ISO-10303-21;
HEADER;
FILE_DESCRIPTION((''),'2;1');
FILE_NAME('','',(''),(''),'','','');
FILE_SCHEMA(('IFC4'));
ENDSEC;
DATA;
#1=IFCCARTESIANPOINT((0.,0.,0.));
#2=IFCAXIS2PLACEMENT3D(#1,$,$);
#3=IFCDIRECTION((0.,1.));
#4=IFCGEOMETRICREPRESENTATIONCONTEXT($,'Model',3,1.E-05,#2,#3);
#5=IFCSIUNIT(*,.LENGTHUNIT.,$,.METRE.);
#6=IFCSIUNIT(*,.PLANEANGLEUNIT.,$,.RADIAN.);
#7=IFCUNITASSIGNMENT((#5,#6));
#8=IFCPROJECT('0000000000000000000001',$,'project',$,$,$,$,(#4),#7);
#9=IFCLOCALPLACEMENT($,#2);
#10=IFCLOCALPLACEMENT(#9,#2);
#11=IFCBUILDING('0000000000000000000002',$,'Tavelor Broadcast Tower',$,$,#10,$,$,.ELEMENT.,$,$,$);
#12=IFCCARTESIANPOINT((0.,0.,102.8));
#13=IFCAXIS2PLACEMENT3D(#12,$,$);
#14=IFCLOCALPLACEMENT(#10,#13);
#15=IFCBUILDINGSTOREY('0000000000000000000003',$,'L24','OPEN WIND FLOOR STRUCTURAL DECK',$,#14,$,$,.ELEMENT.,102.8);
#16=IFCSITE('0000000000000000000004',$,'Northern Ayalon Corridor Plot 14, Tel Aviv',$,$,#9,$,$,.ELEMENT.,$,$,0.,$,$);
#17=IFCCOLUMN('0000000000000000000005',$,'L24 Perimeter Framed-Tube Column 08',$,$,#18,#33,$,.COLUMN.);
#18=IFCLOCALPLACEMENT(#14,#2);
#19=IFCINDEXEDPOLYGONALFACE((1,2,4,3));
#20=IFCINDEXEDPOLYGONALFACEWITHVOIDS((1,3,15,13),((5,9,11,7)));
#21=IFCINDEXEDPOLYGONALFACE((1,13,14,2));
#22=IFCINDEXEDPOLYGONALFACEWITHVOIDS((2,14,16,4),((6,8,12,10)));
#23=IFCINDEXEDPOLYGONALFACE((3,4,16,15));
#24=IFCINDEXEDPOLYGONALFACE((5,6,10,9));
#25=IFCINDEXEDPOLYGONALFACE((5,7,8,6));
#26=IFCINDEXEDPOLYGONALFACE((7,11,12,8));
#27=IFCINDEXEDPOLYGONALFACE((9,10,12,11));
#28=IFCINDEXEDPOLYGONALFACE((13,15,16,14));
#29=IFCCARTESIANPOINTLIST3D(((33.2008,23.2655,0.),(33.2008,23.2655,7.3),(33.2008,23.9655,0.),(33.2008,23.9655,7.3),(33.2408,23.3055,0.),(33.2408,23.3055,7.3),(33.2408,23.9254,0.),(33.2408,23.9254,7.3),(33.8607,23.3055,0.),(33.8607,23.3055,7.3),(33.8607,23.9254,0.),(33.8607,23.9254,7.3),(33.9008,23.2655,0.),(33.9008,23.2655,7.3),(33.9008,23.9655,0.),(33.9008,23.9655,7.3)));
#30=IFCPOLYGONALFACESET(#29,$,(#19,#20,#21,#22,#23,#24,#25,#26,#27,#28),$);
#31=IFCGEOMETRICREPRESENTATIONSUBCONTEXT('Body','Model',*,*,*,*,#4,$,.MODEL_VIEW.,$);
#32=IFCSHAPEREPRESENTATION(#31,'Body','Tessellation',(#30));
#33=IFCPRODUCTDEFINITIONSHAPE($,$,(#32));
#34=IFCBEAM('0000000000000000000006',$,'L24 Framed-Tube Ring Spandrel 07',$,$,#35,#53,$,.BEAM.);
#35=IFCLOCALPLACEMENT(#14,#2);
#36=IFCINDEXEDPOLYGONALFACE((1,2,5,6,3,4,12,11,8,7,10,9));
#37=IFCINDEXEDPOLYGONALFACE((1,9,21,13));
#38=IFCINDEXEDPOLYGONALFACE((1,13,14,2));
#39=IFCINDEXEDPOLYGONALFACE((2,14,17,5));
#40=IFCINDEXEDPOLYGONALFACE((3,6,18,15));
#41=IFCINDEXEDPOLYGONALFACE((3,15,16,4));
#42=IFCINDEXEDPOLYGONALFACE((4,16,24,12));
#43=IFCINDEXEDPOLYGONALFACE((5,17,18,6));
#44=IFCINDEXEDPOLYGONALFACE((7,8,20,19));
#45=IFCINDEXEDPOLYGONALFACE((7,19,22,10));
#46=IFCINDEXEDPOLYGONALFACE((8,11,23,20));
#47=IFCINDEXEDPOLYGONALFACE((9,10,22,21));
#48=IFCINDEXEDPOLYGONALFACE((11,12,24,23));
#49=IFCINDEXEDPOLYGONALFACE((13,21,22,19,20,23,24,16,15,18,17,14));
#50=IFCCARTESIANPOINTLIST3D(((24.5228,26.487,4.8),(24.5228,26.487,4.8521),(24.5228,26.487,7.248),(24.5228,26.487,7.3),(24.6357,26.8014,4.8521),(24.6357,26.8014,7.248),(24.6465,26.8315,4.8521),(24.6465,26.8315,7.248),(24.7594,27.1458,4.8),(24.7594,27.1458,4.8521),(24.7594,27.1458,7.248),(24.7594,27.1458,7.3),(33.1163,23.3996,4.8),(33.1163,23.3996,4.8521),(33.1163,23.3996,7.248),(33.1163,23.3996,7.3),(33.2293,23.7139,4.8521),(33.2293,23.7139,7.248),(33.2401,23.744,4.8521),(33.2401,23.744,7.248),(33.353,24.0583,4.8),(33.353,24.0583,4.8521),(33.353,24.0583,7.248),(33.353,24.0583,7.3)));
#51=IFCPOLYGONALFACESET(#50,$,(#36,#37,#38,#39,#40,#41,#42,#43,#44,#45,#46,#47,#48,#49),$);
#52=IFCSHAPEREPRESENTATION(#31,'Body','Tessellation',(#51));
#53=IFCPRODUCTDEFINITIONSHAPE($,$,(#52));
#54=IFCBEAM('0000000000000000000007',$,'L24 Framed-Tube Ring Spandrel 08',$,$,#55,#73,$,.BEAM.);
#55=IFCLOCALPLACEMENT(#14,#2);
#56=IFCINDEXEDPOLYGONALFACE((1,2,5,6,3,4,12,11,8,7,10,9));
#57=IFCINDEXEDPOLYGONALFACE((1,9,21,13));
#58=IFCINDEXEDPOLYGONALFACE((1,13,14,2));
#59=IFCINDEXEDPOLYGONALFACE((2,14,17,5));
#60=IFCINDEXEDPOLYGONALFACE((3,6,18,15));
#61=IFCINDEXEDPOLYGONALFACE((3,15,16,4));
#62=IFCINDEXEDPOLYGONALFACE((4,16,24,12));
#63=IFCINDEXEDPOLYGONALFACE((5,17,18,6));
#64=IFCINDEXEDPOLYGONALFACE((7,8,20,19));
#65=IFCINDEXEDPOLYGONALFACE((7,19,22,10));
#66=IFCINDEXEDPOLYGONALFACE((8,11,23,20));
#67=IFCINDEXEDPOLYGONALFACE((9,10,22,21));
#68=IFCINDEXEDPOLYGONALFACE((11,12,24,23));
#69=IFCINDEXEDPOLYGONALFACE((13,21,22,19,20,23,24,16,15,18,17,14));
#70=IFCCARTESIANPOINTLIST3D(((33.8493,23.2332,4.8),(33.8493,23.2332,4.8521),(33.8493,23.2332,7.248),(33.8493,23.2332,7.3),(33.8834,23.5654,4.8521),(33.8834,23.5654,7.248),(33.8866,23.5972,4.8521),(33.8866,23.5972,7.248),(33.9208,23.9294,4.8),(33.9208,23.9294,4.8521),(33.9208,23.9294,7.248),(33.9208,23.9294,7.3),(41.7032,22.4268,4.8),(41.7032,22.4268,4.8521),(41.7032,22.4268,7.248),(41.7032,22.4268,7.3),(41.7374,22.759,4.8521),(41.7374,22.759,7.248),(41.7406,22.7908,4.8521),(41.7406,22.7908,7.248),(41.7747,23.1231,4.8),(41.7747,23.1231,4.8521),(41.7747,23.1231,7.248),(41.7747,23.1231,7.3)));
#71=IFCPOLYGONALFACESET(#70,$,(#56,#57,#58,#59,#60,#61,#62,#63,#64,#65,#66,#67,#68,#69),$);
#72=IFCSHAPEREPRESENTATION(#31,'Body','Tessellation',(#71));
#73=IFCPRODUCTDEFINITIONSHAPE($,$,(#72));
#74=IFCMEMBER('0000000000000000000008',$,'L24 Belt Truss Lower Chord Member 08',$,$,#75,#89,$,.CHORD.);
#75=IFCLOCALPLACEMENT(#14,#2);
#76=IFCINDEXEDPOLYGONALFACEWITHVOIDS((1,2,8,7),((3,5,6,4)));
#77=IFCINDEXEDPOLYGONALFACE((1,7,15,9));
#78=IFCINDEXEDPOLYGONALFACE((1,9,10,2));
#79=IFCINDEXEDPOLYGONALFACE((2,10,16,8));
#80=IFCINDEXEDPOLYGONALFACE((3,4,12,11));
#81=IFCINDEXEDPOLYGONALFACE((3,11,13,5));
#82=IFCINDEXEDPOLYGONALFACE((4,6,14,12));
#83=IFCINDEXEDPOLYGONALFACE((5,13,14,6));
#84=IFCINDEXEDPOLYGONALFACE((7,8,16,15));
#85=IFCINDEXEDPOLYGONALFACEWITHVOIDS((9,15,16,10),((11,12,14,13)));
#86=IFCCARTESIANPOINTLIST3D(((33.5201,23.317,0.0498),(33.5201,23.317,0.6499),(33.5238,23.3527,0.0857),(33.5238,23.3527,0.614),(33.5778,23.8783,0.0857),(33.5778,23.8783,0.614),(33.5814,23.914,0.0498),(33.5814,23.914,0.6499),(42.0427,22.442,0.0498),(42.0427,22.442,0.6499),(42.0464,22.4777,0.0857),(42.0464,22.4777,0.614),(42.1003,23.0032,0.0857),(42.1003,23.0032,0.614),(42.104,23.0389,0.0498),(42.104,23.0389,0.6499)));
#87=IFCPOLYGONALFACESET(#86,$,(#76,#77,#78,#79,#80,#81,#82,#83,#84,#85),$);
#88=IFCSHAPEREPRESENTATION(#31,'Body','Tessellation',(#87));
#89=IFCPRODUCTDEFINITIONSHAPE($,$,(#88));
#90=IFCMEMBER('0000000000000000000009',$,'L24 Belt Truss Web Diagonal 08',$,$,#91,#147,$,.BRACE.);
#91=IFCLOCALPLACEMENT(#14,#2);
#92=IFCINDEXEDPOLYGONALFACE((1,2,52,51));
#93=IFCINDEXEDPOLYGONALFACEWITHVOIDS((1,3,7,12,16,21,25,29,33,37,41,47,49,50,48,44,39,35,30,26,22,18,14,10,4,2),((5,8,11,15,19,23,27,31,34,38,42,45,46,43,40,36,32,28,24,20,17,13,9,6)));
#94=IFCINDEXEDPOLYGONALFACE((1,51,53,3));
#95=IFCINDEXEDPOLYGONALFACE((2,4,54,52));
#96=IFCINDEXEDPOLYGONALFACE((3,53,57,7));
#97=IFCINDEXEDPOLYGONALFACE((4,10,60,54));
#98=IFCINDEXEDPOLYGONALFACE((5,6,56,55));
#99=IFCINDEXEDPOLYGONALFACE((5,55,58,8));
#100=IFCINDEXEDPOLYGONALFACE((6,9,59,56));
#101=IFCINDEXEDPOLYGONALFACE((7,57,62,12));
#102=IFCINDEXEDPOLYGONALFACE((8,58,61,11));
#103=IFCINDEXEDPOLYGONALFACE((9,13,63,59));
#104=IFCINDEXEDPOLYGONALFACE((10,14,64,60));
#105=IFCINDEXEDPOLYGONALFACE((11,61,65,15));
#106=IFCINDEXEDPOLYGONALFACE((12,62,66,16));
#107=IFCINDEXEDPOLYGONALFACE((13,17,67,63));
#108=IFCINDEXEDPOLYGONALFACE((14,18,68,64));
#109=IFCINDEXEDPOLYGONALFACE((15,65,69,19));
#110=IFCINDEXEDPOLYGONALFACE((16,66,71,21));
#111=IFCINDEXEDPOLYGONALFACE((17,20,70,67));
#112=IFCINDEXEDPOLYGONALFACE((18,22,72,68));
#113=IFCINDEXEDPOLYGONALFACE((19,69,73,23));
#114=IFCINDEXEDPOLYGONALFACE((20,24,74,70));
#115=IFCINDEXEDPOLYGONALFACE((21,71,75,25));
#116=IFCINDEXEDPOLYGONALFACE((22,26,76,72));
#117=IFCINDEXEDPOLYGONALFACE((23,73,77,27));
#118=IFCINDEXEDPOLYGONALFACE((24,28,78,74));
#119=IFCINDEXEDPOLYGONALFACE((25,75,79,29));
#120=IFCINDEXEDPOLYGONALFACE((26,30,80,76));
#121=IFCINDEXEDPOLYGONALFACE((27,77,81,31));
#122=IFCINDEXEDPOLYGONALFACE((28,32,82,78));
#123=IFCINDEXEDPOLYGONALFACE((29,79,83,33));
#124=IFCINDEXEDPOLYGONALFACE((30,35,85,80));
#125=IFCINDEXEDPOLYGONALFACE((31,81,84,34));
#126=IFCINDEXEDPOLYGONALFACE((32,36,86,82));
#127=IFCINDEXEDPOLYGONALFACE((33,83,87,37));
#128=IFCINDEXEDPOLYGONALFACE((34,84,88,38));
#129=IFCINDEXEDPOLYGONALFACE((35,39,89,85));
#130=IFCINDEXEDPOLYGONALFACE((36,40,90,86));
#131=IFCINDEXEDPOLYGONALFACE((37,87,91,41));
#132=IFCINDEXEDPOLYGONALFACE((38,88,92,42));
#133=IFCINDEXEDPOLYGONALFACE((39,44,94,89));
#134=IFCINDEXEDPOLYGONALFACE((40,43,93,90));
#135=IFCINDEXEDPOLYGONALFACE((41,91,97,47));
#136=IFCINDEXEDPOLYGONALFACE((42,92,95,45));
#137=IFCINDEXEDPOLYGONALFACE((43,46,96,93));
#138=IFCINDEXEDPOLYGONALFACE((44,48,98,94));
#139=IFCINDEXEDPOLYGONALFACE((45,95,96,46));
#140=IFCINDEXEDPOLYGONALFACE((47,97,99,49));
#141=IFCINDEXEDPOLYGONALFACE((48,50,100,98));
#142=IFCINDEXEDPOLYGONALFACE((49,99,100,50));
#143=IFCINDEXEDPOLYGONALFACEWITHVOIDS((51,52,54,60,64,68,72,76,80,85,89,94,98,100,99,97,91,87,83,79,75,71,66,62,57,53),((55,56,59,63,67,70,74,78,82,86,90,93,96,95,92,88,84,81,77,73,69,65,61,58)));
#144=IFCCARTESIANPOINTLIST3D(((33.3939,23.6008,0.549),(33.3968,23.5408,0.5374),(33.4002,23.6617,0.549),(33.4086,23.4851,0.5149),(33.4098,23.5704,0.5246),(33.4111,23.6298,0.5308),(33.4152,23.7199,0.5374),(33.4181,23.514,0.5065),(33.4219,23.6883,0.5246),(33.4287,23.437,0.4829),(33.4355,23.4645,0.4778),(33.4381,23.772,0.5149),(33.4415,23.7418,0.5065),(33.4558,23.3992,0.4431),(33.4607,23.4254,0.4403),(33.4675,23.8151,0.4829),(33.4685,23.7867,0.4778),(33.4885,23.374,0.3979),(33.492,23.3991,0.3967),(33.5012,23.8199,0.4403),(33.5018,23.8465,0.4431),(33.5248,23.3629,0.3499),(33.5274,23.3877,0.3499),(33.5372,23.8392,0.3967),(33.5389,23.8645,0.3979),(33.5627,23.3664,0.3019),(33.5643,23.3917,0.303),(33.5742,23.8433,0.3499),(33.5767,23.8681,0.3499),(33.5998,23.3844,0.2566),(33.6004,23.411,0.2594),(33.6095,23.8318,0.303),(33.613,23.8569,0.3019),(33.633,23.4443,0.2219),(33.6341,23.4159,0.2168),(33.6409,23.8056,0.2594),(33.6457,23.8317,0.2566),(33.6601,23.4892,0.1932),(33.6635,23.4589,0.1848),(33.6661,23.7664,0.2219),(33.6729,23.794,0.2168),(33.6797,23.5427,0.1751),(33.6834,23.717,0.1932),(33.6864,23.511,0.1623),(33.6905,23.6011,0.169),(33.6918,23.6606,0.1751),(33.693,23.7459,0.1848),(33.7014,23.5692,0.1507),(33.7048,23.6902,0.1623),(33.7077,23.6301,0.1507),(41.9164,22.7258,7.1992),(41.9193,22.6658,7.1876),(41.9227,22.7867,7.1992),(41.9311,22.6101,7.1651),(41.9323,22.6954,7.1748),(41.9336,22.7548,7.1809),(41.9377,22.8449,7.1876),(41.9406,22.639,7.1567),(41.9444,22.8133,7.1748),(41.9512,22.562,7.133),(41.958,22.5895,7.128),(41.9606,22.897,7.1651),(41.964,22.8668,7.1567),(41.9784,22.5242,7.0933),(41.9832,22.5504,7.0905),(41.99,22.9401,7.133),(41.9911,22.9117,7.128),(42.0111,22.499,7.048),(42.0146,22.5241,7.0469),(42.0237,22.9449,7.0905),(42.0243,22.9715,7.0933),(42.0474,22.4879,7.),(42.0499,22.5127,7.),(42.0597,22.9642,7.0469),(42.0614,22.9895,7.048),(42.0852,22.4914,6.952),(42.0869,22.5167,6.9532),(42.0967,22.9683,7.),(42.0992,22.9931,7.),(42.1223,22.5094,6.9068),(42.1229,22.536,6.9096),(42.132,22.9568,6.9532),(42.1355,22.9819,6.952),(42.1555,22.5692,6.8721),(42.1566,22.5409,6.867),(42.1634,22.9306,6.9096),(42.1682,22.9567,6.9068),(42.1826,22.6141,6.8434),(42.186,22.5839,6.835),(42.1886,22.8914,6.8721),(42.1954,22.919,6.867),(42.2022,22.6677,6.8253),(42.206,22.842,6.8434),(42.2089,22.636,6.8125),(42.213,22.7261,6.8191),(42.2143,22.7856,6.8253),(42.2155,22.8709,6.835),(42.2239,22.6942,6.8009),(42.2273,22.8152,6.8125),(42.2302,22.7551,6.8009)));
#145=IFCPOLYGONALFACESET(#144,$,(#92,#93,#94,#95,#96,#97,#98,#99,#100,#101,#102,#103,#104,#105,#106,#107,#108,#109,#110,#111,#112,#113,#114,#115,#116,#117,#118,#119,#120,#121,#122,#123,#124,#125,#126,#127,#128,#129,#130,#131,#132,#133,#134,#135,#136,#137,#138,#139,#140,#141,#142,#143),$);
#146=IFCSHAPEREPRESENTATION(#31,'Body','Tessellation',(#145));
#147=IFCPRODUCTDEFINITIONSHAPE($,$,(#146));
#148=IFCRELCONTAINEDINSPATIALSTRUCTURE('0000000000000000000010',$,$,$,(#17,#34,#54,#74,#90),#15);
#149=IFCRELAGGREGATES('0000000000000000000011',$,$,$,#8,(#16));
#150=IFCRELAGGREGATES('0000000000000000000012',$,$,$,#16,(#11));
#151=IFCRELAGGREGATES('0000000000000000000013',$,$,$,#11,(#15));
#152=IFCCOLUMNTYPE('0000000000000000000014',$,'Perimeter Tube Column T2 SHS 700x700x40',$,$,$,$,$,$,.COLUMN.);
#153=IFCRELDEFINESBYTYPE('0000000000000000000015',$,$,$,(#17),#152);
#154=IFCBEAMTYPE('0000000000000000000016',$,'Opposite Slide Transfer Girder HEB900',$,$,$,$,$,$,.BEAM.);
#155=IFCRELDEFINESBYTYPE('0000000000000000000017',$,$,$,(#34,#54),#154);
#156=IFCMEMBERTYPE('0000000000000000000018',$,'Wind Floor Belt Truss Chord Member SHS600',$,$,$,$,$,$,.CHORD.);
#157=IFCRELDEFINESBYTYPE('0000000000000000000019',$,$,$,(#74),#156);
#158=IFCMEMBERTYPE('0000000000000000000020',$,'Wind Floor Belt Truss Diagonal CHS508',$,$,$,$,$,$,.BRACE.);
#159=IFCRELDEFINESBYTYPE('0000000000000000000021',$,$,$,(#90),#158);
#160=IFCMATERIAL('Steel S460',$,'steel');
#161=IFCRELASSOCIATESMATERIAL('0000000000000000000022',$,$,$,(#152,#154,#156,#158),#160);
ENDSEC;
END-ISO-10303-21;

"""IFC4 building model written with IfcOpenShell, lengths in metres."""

from ifc_helpers import new_model, si_unit, direction, frame, origin, origin_2d, place, context, subcontext, project, spatial, hollow_rectangle, hollow_circle, i_section, extrude, material, material_profile, profile_set, type_object, element, save


model = new_model("IFC4")

# Units and contexts
model_context = context("Model", 3, precision=1e-05, world=origin(), true_north=direction((0.0, 1.0)))
body_context = subcontext(model_context, "Body", "Model", "MODEL_VIEW")
ifc_project = project(units=[si_unit("LENGTHUNIT", "METRE"), si_unit("PLANEANGLEUNIT", "RADIAN")], contexts=[model_context])

# Site, building, storey
site_placement = place(None, origin())
site = spatial("IfcSite", under=ifc_project, at=site_placement, Name="Northern Ayalon Corridor Plot 14, Tel Aviv", CompositionType="ELEMENT", RefElevation=0.0)
building_placement = place(site_placement, origin())
building = spatial("IfcBuilding", under=site, at=building_placement, Name="Tavelor Broadcast Tower", CompositionType="ELEMENT")
storey_placement = place(building_placement, frame((0.0, 0.0, 102.8)))
storey = spatial("IfcBuildingStorey", under=building, at=storey_placement, Name="L24", Description="OPEN WIND FLOOR STRUCTURAL DECK", CompositionType="ELEMENT", Elevation=102.8)

# Column
ifc_material_1 = material(Name="Steel S460", Category="steel")
ifc_material_profile_1 = material_profile(ifc_material_1, hollow_rectangle(XDim=0.7, YDim=0.7, WallThickness=0.04, at=origin_2d()), Name="SHS 700x700x40")
ifc_profile_set_1 = profile_set([ifc_material_profile_1], Name="Steel S460")
column_type = type_object("IfcColumnType", Name="Perimeter Tube Column T2 SHS 700x700x40", PredefinedType="COLUMN", material=ifc_profile_set_1)
column_placement = place(storey_placement, frame((33.5508, 23.6155, 0.0), z_axis=(0.0, 0.0, 1.0), x_axis=(1.0, 0.0, 0.0)))
element("IfcColumn", 1, at=column_placement, inside=storey, type_object=column_type, Name="L24 Perimeter Framed-Tube Column 08", PredefinedType="COLUMN", context=body_context, shape_type="SweptSolid", body=[
    extrude(hollow_rectangle(XDim=0.7, YDim=0.7, WallThickness=0.04, at=origin_2d()), origin(), (0.0, 0.0, 1.0), 7.3),
])

# Beams
ifc_material_profile_2 = material_profile(ifc_material_1, i_section(OverallWidth=0.7, OverallDepth=2.5, WebThickness=0.032, FlangeThickness=0.052, at=origin_2d()), Name="PG 2500x700")
ifc_profile_set_2 = profile_set([ifc_material_profile_2], Name="Steel S460")
beam_type = type_object("IfcBeamType", Name="Opposite Slide Transfer Girder HEB900", PredefinedType="BEAM", material=ifc_profile_set_2)
beam_1_placement = place(storey_placement, frame((24.6411, 26.8164, 6.05), z_axis=(0.941106, -0.338113, 0.0), x_axis=(0.338113, 0.941106, 0.0)))
element("IfcBeam", 2, at=beam_1_placement, inside=storey, type_object=beam_type, Name="L24 Framed-Tube Ring Spandrel 07", PredefinedType="BEAM", context=body_context, shape_type="SweptSolid", body=[
    extrude(i_section(OverallWidth=0.7, OverallDepth=2.5, WebThickness=0.032, FlangeThickness=0.052, at=origin_2d()), origin(), (0.0, 0.0, 1.0), 9.1313),
])
beam_2_placement = place(storey_placement, frame((33.885, 23.5813, 6.05), z_axis=(0.99477, -0.102136, 0.0), x_axis=(0.102136, 0.99477, 0.0)))
element("IfcBeam", 3, at=beam_2_placement, inside=storey, type_object=beam_type, Name="L24 Framed-Tube Ring Spandrel 08", PredefinedType="BEAM", context=body_context, shape_type="SweptSolid", body=[
    extrude(i_section(OverallWidth=0.7, OverallDepth=2.5, WebThickness=0.032, FlangeThickness=0.052, at=origin_2d()), origin(), (0.0, 0.0, 1.0), 7.8953),
])

# Members
ifc_material_profile_3 = material_profile(ifc_material_1, hollow_rectangle(XDim=0.6001, YDim=0.6001, WallThickness=0.0359, at=origin_2d()), Name="SHS 600x600x36")
ifc_profile_set_3 = profile_set([ifc_material_profile_3], Name="Steel S460")
member_type_1 = type_object("IfcMemberType", Name="Wind Floor Belt Truss Chord Member SHS600", PredefinedType="CHORD", material=ifc_profile_set_3)
member_1_placement = place(storey_placement, frame((33.5508, 23.6155, 0.3499), z_axis=(0.994771, -0.102133, 0.0), x_axis=(0.102133, 0.994771, 0.0)))
element("IfcMember", 4, at=member_1_placement, inside=storey, type_object=member_type_1, Name="L24 Belt Truss Lower Chord Member 08", PredefinedType="CHORD", context=body_context, shape_type="SweptSolid", body=[
    extrude(hollow_rectangle(XDim=0.6001, YDim=0.6001, WallThickness=0.0359, at=origin_2d()), origin(), (0.0, 0.0, 1.0), 8.5674),
])
ifc_material_profile_4 = material_profile(ifc_material_1, hollow_circle(Radius=0.2539, WallThickness=0.0249, at=origin_2d()), Name="CHS 508x25")
ifc_profile_set_4 = profile_set([ifc_material_profile_4], Name="Steel S460")
member_type_2 = type_object("IfcMemberType", Name="Wind Floor Belt Truss Diagonal CHS508", PredefinedType="BRACE", material=ifc_profile_set_4)
member_2_placement = place(storey_placement, frame((33.5508, 23.6155, 0.3499), z_axis=(0.785814, -0.080679, 0.613177), x_axis=(0.102133, 0.994771, 0.0)))
element("IfcMember", 5, at=member_2_placement, inside=storey, type_object=member_type_2, Name="L24 Belt Truss Web Diagonal 08", PredefinedType="BRACE", context=body_context, shape_type="SweptSolid", body=[
    extrude(hollow_circle(Radius=0.2539, WallThickness=0.0249, at=origin_2d()), origin(), (0.0, 0.0, 1.0), 10.8455),
])

save(model, "model.ifc")
